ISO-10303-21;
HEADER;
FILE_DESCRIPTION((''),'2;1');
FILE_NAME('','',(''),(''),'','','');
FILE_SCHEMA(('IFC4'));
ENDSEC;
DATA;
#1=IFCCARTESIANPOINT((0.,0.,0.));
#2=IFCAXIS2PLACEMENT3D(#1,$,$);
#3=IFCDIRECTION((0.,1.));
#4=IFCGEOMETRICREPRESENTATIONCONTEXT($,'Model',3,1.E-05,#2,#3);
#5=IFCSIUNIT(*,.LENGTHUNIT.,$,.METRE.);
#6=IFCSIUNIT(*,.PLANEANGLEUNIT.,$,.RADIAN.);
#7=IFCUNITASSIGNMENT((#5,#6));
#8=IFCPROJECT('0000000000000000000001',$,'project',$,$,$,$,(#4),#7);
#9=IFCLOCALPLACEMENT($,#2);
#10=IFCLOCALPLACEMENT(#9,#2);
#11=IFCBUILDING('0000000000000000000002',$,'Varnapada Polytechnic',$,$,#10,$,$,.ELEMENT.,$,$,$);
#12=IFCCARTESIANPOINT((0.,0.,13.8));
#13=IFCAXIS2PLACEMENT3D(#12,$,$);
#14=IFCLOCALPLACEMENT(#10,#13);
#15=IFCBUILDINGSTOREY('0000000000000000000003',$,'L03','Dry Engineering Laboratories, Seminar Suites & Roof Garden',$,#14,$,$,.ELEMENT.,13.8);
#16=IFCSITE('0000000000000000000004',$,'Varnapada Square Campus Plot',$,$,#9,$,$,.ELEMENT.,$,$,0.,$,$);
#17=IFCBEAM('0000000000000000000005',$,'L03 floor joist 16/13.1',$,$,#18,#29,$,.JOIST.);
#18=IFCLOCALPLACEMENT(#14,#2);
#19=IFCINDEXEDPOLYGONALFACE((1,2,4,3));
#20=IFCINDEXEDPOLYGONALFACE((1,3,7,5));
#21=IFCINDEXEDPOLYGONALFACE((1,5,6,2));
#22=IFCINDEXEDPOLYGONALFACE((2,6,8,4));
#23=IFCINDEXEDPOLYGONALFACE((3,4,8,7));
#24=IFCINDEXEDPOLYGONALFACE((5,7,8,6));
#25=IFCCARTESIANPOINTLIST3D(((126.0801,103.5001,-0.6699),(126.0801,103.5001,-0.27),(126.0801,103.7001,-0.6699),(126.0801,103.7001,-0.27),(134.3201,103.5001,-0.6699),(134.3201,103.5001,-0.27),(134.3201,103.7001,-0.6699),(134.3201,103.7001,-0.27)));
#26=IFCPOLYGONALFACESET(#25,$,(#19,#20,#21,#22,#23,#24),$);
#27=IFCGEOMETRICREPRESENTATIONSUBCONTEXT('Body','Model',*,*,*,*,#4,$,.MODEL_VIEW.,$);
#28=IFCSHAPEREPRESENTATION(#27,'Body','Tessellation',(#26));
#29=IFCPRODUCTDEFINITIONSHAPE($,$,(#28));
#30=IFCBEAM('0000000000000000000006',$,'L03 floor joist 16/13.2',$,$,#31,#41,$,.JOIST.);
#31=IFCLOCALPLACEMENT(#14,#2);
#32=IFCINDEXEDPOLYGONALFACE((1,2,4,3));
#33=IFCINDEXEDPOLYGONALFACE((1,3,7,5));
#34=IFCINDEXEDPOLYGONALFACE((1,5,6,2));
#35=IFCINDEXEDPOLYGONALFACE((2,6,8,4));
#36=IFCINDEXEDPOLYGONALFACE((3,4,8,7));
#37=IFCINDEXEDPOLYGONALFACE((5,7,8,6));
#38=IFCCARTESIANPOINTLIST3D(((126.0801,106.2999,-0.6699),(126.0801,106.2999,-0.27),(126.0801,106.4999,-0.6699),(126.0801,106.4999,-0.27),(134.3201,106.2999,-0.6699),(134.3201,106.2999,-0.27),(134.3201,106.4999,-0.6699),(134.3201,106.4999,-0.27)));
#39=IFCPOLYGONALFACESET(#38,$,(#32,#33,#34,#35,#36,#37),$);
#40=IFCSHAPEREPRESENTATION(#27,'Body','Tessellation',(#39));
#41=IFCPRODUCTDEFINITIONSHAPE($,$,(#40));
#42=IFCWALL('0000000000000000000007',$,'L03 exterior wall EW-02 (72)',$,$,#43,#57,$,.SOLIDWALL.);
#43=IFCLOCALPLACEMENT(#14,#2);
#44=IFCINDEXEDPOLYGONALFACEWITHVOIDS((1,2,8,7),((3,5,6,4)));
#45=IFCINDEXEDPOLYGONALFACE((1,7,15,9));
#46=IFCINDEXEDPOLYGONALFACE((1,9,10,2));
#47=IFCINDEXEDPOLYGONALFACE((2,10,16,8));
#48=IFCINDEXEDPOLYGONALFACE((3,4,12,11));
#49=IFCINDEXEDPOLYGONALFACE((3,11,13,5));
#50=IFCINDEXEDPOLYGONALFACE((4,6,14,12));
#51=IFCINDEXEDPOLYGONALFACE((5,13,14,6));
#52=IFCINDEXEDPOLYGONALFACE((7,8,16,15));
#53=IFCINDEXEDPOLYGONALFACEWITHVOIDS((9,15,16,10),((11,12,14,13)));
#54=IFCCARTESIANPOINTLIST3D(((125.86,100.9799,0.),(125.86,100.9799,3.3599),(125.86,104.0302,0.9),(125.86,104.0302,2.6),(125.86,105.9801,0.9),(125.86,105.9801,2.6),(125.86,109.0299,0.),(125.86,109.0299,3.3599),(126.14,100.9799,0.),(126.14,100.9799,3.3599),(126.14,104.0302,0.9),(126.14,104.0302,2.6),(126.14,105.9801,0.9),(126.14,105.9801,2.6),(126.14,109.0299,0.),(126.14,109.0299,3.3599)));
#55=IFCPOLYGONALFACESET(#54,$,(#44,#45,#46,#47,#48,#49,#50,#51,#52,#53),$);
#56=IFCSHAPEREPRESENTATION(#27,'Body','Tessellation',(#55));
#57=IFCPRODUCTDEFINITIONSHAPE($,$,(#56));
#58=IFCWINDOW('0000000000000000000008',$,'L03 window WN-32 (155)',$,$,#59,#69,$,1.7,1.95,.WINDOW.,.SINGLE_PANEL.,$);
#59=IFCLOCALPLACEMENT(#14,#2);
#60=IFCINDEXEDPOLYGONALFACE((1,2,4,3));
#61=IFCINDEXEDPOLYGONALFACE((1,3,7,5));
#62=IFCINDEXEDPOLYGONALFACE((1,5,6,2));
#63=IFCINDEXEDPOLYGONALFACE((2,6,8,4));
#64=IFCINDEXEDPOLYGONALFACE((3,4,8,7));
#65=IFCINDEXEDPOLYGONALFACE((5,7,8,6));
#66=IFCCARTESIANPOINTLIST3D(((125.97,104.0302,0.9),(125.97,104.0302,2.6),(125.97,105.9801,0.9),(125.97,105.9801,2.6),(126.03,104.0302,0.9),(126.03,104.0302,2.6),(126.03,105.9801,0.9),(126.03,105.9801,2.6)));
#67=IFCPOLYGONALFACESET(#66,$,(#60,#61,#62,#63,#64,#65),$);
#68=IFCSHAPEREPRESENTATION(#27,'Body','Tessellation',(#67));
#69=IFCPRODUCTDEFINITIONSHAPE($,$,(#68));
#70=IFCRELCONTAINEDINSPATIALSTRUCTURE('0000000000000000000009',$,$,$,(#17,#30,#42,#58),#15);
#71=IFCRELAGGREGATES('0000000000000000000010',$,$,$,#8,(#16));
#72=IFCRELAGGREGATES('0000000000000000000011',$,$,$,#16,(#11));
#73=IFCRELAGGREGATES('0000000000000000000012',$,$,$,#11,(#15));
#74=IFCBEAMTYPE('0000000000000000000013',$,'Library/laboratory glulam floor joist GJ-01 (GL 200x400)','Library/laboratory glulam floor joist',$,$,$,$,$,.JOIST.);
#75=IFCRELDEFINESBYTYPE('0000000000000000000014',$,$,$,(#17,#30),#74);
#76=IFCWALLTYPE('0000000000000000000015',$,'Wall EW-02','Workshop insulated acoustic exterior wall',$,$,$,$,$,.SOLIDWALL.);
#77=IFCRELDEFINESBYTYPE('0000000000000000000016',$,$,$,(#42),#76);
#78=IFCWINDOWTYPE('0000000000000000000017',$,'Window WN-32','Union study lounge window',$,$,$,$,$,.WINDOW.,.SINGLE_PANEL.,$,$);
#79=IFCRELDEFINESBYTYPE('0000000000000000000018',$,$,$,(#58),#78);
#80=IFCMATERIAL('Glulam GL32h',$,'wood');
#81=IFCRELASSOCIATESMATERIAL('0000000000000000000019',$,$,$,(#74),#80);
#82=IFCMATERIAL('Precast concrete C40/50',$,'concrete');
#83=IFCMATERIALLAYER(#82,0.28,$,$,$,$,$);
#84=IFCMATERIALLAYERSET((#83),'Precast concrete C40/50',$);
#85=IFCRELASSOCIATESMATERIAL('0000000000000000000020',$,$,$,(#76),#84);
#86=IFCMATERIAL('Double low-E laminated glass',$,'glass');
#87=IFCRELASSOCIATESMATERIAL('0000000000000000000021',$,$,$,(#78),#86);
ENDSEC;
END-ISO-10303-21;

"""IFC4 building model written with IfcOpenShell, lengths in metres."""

from ifc_helpers import new_model, si_unit, direction, frame, frame_2d, origin, origin_2d, place, context, subcontext, project, spatial, rectangle, extrude, material, layer, layer_set, material_profile, profile_set, type_object, element, fill, save


model = new_model("IFC4")

# Units and contexts
model_context = context("Model", 3, precision=1e-05, world=origin(), true_north=direction((0.0, 1.0)))
body_context = subcontext(model_context, "Body", "Model", "MODEL_VIEW")
ifc_project = project(units=[si_unit("LENGTHUNIT", "METRE"), si_unit("PLANEANGLEUNIT", "RADIAN")], contexts=[model_context])

# Site, building, storey
site_placement = place(None, origin())
site = spatial("IfcSite", under=ifc_project, at=site_placement, Name="Varnapada Square Campus Plot", CompositionType="ELEMENT", RefElevation=0.0)
building_placement = place(site_placement, origin())
building = spatial("IfcBuilding", under=site, at=building_placement, Name="Varnapada Polytechnic", CompositionType="ELEMENT")
storey_placement = place(building_placement, frame((0.0, 0.0, 13.8)))
storey = spatial("IfcBuildingStorey", under=building, at=storey_placement, Name="L03", Description="Dry Engineering Laboratories, Seminar Suites & Roof Garden", CompositionType="ELEMENT", Elevation=13.8)

# Beams
ifc_material_1 = material(Name="Glulam GL32h", Category="wood")
ifc_material_profile = material_profile(ifc_material_1, rectangle(XDim=0.2, YDim=0.3999, at=origin_2d()), Name="GL 200x400")
ifc_profile_set = profile_set([ifc_material_profile], Name="Glulam GL32h")
beam_type = type_object("IfcBeamType", Name="Library/laboratory glulam floor joist GJ-01 (GL 200x400)", Description="Library/laboratory glulam floor joist", PredefinedType="JOIST", material=ifc_profile_set)
for number, where, z_axis, x_axis, name in (
    (1, (126.0801, 103.6001, -0.47), (1.0, 0.0, 0.0), (0.0, 1.0, 0.0), "L03 floor joist 16/13.1"),
    (2, (126.0801, 106.3999, -0.47), (1.0, 0.0, 0.0), (0.0, 1.0, 0.0), "L03 floor joist 16/13.2"),
):
    element("IfcBeam", number, at=place(storey_placement, frame(where, z_axis=z_axis, x_axis=x_axis)), inside=storey, type_object=beam_type, Name=name, PredefinedType="JOIST", context=body_context, shape_type="SweptSolid", body=[
        extrude(rectangle(XDim=0.2, YDim=0.3999, at=origin_2d()), origin(), (0.0, 0.0, 1.0), 8.24),
    ])

# Wall, opening, window
ifc_material_2 = material(Name="Precast concrete C40/50", Category="concrete")
ifc_layer_1 = layer(ifc_material_2, 0.28)
ifc_layer_set_1 = layer_set([ifc_layer_1], Name="Precast concrete C40/50")
wall_type = type_object("IfcWallType", Name="Wall EW-02", Description="Workshop insulated acoustic exterior wall", PredefinedType="SOLIDWALL", material=ifc_layer_set_1)
wall_placement = place(storey_placement, frame((126.0, 100.98, 0.0), z_axis=(0.0, 0.0, 1.0), x_axis=(0.0, 1.0, 0.0)))
wall = element("IfcWall", 3, at=wall_placement, inside=storey, type_object=wall_type, Name="L03 exterior wall EW-02 (72)", PredefinedType="SOLIDWALL", context=body_context, shape_type="SweptSolid", body=[
    extrude(rectangle(XDim=8.05, YDim=0.28, at=frame_2d((4.0249, 0.0))), origin(), (0.0, 0.0, 1.0), 3.3599),
])
opening_1_placement = place(wall_placement, frame((3.05, 0.0, 0.8999)))
opening_1 = element("IfcOpeningElement", 4, at=opening_1_placement, cuts=wall, PredefinedType="OPENING", context=body_context, shape_type="SweptSolid", body=[
    extrude(rectangle(XDim=1.95, YDim=1.7, at=frame_2d((0.9751, 0.8501))), frame((0.0, 0.1499, 0.0), z_axis=(0.0, -1.0, 0.0), x_axis=(1.0, 0.0, 0.0)), (0.0, 0.0, 1.0), 0.3),
])
ifc_material_3 = material(Name="Double low-E laminated glass", Category="glass")
window_type = type_object("IfcWindowType", Name="Window WN-32", Description="Union study lounge window", PartitioningType="SINGLE_PANEL", PredefinedType="WINDOW", material=ifc_material_3)
window_placement = place(opening_1_placement, origin())
window = element("IfcWindow", 5, at=window_placement, inside=storey, type_object=window_type, Name="L03 window WN-32 (155)", OverallHeight=1.7, OverallWidth=1.95, PartitioningType="SINGLE_PANEL", PredefinedType="WINDOW", context=body_context, shape_type="SweptSolid", body=[
    extrude(rectangle(XDim=1.95, YDim=1.7, at=frame_2d((0.9751, 0.8501))), frame((0.0, 0.03, 0.0), z_axis=(0.0, -1.0, 0.0), x_axis=(1.0, 0.0, 0.0)), (0.0, 0.0, 1.0), 0.0601),
])
fill(opening_1, window)

save(model, "model.ifc")
